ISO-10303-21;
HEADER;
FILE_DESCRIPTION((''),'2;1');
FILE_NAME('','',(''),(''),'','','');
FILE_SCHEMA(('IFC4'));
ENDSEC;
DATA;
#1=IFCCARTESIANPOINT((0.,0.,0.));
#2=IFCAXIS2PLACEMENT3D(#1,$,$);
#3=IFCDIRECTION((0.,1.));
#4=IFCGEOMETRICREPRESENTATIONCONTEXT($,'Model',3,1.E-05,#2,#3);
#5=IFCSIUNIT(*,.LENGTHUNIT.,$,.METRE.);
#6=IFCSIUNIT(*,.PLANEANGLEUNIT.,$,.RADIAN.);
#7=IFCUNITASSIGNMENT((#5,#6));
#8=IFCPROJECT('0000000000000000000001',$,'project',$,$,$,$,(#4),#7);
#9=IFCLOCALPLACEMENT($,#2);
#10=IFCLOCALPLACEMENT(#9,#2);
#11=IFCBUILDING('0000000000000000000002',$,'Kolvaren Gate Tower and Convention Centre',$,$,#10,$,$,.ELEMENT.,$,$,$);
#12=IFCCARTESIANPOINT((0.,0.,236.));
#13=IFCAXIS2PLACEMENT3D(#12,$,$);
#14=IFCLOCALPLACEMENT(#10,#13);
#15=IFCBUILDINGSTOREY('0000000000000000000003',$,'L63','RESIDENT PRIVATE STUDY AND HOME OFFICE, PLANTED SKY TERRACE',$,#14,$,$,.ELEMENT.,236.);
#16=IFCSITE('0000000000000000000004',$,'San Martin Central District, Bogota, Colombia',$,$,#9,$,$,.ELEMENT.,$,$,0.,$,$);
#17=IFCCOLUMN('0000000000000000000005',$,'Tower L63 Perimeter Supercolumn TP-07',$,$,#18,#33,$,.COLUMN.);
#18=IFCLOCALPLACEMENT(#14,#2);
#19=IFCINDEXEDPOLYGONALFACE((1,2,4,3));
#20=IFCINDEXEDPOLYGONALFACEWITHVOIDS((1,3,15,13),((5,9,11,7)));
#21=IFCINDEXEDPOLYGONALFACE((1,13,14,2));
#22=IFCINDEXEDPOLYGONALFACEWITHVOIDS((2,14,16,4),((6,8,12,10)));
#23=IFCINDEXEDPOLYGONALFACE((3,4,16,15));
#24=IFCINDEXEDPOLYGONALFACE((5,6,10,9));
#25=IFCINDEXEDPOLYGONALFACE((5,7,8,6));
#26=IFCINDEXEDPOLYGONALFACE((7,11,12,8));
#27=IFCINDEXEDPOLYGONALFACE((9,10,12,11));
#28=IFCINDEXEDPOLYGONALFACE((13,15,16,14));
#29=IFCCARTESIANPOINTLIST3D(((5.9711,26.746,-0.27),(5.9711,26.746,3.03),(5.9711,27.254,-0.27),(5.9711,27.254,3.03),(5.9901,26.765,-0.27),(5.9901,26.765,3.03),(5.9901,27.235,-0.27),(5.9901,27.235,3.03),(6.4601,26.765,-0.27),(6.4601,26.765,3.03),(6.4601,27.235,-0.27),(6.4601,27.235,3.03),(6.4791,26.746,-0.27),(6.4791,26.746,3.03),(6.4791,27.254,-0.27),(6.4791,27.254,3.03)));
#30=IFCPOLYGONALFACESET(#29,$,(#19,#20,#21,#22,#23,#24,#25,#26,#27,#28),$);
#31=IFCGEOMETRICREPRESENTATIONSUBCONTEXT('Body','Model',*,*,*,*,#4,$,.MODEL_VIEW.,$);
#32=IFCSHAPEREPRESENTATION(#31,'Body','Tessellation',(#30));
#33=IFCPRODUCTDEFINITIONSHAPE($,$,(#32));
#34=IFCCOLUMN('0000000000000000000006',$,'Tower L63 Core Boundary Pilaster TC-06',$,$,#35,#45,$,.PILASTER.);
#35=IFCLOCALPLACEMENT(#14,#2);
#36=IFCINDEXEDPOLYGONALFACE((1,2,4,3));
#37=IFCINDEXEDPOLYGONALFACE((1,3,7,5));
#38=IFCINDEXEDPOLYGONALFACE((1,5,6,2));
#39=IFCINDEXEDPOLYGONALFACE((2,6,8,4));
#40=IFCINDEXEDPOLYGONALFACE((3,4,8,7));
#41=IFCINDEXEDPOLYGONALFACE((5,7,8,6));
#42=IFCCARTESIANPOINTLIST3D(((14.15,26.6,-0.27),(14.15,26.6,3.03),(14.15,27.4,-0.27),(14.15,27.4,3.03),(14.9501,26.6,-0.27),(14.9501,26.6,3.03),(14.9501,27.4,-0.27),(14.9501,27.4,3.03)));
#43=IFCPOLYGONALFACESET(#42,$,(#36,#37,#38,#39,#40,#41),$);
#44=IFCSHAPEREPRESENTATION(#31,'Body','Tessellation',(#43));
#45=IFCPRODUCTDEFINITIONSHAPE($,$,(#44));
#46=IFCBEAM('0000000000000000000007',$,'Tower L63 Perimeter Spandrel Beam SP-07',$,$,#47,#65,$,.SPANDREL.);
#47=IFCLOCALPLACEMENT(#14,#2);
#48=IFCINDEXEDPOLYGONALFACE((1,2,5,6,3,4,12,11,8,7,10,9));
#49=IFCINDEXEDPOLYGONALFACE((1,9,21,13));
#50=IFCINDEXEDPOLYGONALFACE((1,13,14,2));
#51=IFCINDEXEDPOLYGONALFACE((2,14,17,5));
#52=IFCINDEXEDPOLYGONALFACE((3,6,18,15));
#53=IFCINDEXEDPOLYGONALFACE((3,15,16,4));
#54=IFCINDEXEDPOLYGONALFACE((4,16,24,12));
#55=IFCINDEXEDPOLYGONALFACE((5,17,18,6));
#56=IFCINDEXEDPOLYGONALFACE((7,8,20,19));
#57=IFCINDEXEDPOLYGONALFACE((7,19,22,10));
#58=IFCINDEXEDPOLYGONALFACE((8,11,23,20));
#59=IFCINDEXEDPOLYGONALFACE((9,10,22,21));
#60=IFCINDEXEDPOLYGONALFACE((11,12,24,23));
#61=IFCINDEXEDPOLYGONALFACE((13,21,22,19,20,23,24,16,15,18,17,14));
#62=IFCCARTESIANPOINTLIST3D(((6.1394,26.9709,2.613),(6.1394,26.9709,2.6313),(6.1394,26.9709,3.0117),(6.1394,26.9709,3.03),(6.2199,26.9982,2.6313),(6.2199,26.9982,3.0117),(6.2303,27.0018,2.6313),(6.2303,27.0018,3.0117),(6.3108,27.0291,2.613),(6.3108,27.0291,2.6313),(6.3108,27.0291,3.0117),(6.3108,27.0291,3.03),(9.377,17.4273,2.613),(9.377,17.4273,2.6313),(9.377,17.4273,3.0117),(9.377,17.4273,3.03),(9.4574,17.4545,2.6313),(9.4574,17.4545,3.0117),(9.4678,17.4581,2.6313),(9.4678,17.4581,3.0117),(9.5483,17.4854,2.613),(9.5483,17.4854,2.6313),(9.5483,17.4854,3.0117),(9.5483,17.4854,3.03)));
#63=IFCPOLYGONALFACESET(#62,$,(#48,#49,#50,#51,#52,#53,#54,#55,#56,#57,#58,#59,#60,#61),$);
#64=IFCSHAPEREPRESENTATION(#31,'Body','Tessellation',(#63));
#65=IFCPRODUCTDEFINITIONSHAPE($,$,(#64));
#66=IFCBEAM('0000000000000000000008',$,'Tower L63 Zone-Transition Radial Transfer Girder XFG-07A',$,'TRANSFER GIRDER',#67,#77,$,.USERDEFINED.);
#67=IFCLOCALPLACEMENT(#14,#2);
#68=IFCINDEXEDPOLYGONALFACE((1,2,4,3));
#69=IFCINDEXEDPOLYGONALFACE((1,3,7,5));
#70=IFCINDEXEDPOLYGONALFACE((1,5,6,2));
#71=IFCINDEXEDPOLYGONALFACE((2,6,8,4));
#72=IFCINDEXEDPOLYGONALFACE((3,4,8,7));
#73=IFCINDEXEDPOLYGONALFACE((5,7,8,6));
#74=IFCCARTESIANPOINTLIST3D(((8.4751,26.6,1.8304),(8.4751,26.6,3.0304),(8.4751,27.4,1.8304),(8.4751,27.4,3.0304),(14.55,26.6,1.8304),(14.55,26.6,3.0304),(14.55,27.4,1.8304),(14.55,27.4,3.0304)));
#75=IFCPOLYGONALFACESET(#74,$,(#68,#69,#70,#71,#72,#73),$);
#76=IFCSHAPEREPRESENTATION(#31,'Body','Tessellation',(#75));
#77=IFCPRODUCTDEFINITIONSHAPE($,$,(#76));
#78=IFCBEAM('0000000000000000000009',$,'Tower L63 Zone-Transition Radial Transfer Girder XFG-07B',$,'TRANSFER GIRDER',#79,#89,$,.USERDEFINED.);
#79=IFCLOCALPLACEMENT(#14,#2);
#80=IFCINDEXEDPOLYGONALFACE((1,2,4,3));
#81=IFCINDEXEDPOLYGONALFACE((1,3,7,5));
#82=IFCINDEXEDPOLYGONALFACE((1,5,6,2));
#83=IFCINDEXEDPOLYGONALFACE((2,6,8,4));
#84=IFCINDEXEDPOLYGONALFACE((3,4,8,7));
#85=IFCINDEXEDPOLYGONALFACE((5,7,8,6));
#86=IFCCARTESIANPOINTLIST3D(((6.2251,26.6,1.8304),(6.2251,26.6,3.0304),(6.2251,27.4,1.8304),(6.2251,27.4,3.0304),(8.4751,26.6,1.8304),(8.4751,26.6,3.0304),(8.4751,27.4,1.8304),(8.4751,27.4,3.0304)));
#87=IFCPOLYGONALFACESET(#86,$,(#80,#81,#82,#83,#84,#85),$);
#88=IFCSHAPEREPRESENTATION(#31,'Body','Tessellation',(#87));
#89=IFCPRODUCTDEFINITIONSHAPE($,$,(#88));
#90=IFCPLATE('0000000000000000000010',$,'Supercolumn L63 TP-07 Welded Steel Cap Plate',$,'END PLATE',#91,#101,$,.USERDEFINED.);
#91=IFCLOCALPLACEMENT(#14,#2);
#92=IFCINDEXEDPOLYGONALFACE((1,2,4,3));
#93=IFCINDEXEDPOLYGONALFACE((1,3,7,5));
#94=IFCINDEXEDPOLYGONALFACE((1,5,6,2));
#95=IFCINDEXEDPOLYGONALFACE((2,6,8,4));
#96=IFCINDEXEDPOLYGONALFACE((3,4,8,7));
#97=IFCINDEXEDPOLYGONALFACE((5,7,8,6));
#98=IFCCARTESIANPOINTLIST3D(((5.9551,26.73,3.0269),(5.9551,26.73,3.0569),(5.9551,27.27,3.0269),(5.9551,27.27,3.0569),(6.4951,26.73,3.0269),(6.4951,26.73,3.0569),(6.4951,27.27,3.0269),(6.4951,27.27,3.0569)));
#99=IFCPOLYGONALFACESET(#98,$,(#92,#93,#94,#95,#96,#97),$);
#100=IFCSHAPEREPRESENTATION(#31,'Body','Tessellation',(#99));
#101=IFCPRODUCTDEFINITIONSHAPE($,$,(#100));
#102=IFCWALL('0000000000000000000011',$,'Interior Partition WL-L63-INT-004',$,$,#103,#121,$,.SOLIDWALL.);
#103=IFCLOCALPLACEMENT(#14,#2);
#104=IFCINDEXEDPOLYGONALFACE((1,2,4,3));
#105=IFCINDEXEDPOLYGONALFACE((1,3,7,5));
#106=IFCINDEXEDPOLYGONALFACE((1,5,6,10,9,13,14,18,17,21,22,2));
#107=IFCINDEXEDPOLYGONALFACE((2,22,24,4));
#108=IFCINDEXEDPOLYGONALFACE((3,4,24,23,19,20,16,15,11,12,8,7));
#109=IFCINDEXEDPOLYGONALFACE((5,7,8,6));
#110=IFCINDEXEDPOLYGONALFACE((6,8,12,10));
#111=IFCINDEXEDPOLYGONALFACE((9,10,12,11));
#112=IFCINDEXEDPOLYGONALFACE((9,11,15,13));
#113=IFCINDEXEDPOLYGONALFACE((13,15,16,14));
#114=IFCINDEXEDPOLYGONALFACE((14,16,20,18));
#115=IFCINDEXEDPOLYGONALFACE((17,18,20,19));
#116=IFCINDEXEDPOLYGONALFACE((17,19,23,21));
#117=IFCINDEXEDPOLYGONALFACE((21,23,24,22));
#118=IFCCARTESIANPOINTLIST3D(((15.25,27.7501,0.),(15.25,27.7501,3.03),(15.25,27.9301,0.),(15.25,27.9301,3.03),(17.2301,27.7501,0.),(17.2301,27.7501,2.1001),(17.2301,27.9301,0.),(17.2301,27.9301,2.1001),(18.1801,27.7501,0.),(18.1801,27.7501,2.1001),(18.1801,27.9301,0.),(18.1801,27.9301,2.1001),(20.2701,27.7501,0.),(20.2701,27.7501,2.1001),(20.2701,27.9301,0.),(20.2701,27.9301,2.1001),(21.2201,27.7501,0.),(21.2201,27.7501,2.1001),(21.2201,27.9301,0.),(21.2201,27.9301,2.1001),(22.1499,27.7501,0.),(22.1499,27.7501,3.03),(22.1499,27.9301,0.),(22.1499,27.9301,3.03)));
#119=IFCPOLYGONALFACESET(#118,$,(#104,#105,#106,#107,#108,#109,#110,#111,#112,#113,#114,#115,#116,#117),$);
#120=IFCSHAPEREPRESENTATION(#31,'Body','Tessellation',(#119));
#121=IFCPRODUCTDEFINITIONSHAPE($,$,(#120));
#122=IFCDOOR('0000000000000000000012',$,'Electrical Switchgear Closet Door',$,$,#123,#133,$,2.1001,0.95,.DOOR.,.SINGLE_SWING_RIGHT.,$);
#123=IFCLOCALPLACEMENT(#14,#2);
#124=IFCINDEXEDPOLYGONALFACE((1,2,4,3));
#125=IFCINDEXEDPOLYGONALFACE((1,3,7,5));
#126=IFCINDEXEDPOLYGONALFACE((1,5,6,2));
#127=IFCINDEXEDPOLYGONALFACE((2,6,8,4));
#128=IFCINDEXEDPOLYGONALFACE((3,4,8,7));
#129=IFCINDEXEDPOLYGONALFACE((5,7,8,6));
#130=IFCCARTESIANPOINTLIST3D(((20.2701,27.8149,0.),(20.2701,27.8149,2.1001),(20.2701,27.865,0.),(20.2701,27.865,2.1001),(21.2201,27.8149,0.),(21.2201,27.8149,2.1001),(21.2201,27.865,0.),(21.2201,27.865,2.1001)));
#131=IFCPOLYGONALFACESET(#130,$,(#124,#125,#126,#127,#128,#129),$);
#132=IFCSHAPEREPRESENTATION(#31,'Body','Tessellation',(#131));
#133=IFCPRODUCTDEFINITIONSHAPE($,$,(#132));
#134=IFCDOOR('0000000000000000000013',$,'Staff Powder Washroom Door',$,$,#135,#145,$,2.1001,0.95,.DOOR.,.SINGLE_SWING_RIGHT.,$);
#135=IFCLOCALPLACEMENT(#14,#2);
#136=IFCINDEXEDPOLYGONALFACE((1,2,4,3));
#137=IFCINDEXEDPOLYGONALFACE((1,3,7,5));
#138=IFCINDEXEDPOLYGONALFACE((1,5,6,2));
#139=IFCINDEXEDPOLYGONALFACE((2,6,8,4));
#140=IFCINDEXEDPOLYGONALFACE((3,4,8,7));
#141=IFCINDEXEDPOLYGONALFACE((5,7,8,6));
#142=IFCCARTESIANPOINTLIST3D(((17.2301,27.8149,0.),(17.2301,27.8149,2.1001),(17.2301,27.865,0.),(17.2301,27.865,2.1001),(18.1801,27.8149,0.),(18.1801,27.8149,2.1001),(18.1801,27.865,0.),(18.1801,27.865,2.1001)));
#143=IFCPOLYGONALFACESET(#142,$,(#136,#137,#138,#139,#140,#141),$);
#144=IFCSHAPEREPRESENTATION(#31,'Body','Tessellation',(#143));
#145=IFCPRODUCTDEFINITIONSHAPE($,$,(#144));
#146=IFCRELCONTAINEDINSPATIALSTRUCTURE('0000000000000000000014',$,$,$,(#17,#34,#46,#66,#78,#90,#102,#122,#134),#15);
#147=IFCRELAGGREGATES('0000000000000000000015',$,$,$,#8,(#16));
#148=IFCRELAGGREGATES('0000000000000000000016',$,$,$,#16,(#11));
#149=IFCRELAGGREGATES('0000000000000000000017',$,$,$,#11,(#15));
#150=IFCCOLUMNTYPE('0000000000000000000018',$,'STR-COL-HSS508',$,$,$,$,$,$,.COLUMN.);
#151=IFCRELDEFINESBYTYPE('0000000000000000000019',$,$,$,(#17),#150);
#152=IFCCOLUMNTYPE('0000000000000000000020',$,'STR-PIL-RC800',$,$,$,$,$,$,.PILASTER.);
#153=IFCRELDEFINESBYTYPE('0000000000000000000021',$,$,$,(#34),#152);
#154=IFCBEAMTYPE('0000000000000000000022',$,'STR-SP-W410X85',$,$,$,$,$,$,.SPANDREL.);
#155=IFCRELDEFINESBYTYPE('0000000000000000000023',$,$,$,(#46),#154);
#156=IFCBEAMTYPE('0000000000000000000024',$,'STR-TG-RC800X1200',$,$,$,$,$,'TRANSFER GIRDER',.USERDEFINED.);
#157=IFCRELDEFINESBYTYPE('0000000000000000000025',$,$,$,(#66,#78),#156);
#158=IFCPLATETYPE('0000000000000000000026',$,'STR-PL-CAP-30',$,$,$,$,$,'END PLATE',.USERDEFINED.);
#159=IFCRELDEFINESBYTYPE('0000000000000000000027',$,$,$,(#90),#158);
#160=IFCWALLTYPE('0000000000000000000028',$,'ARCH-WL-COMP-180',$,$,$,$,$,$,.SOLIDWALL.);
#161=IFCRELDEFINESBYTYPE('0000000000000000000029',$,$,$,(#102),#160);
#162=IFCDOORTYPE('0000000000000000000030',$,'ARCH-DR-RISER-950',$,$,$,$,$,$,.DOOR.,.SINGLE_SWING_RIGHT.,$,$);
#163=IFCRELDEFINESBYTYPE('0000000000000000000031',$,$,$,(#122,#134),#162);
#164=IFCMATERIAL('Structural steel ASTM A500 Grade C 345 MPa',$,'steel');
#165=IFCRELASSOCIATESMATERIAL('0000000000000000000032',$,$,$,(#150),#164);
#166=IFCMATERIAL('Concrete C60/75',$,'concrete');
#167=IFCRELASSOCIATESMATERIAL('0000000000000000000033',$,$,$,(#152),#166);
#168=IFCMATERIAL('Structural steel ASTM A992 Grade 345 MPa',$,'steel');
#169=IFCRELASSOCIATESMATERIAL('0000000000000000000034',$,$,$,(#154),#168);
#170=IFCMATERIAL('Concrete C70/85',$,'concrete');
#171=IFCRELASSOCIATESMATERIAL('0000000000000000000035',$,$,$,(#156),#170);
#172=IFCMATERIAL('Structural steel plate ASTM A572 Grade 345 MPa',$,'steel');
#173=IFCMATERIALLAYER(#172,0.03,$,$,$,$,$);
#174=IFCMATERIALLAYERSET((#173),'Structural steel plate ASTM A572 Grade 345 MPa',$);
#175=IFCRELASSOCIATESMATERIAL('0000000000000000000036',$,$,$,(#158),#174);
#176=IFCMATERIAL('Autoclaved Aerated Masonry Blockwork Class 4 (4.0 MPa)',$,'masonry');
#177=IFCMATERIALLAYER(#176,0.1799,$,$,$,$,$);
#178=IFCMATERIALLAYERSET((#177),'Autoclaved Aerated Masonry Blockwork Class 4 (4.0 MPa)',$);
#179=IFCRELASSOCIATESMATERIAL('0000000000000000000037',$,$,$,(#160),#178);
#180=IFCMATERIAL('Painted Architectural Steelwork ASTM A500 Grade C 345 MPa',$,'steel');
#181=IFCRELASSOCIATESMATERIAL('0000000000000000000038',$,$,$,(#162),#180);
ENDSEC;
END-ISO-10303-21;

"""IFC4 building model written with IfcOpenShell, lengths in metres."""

from ifc_helpers import new_model, si_unit, direction, frame, frame_2d, origin, origin_2d, place, context, subcontext, project, spatial, rectangle, hollow_rectangle, i_section, extrude, material, layer, layer_set, material_profile, profile_set, type_object, element, fill, save


model = new_model("IFC4")

# Units and contexts
model_context = context("Model", 3, precision=1e-05, world=origin(), true_north=direction((0.0, 1.0)))
body_context = subcontext(model_context, "Body", "Model", "MODEL_VIEW")
ifc_project = project(units=[si_unit("LENGTHUNIT", "METRE"), si_unit("PLANEANGLEUNIT", "RADIAN")], contexts=[model_context])

# Site, building, storey
site_placement = place(None, origin())
site = spatial("IfcSite", under=ifc_project, at=site_placement, Name="San Martin Central District, Bogota, Colombia", CompositionType="ELEMENT", RefElevation=0.0)
building_placement = place(site_placement, origin())
building = spatial("IfcBuilding", under=site, at=building_placement, Name="Kolvaren Gate Tower and Convention Centre", CompositionType="ELEMENT")
storey_placement = place(building_placement, frame((0.0, 0.0, 236.0)))
storey = spatial("IfcBuildingStorey", under=building, at=storey_placement, Name="L63", Description="RESIDENT PRIVATE STUDY AND HOME OFFICE, PLANTED SKY TERRACE", CompositionType="ELEMENT", Elevation=236.0)

# Columns
ifc_material_1 = material(Name="Structural steel ASTM A500 Grade C 345 MPa", Category="steel")
ifc_material_profile_1 = material_profile(ifc_material_1, hollow_rectangle(XDim=0.5081, YDim=0.5081, WallThickness=0.019, at=origin_2d()), Name="HSS508X508X19.1")
ifc_profile_set_1 = profile_set([ifc_material_profile_1], Name="Structural steel ASTM A500 Grade C 345 MPa")
column_type_1 = type_object("IfcColumnType", Name="STR-COL-HSS508", PredefinedType="COLUMN", material=ifc_profile_set_1)
column_1_placement = place(storey_placement, frame((6.2251, 27.0, -0.27), z_axis=(0.0, 0.0, 1.0), x_axis=(1.0, 0.0, 0.0)))
element("IfcColumn", 1, at=column_1_placement, inside=storey, type_object=column_type_1, Name="Tower L63 Perimeter Supercolumn TP-07", PredefinedType="COLUMN", context=body_context, shape_type="SweptSolid", body=[
    extrude(hollow_rectangle(XDim=0.5081, YDim=0.5081, WallThickness=0.019, at=origin_2d()), origin(), (0.0, 0.0, 1.0), 3.3),
])
ifc_material_2 = material(Name="Concrete C60/75", Category="concrete")
ifc_material_profile_2 = material_profile(ifc_material_2, rectangle(XDim=0.8, YDim=0.8, at=origin_2d()), Name="RC-COL-800X800")
ifc_profile_set_2 = profile_set([ifc_material_profile_2], Name="Concrete C60/75")
column_type_2 = type_object("IfcColumnType", Name="STR-PIL-RC800", PredefinedType="PILASTER", material=ifc_profile_set_2)
column_2_placement = place(storey_placement, frame((14.55, 27.0, -0.27), z_axis=(0.0, 0.0, 1.0), x_axis=(1.0, 0.0, 0.0)))
element("IfcColumn", 2, at=column_2_placement, inside=storey, type_object=column_type_2, Name="Tower L63 Core Boundary Pilaster TC-06", PredefinedType="PILASTER", context=body_context, shape_type="SweptSolid", body=[
    extrude(rectangle(XDim=0.8, YDim=0.8, at=origin_2d()), origin(), (0.0, 0.0, 1.0), 3.3),
])

# Beams
ifc_material_3 = material(Name="Structural steel ASTM A992 Grade 345 MPa", Category="steel")
ifc_material_profile_3 = material_profile(ifc_material_3, i_section(OverallWidth=0.1809, OverallDepth=0.417, WebThickness=0.011, FlangeThickness=0.0183, at=origin_2d()), Name="W410X85")
ifc_profile_set_3 = profile_set([ifc_material_profile_3], Name="Structural steel ASTM A992 Grade 345 MPa")
beam_type_1 = type_object("IfcBeamType", Name="STR-SP-W410X85", PredefinedType="SPANDREL", material=ifc_profile_set_3)
beam_1_placement = place(storey_placement, frame((6.2251, 27.0, 2.8215), z_axis=(0.321253, -0.946994, 0.0), x_axis=(0.946994, 0.321253, 0.0)))
element("IfcBeam", 3, at=beam_1_placement, inside=storey, type_object=beam_type_1, Name="Tower L63 Perimeter Spandrel Beam SP-07", PredefinedType="SPANDREL", context=body_context, shape_type="SweptSolid", body=[
    extrude(i_section(OverallWidth=0.1809, OverallDepth=0.417, WebThickness=0.011, FlangeThickness=0.0183, at=origin_2d()), origin(), (0.0, 0.0, 1.0), 10.0779),
])
ifc_material_4 = material(Name="Concrete C70/85", Category="concrete")
ifc_material_profile_4 = material_profile(ifc_material_4, rectangle(XDim=0.8, YDim=1.2, at=origin_2d()), Name="RC-BM-800X1200")
ifc_profile_set_4 = profile_set([ifc_material_profile_4], Name="Concrete C70/85")
beam_type_2 = type_object("IfcBeamType", Name="STR-TG-RC800X1200", ElementType="TRANSFER GIRDER", PredefinedType="USERDEFINED", material=ifc_profile_set_4)
beam_2_placement = place(storey_placement, frame((14.55, 27.0, 2.4304), z_axis=(-1.0, 0.0, 0.0), x_axis=(0.0, -1.0, 0.0)))
element("IfcBeam", 4, at=beam_2_placement, inside=storey, type_object=beam_type_2, Name="Tower L63 Zone-Transition Radial Transfer Girder XFG-07A", ObjectType="TRANSFER GIRDER", PredefinedType="USERDEFINED", context=body_context, shape_type="SweptSolid", body=[
    extrude(rectangle(XDim=0.8, YDim=1.2, at=origin_2d()), origin(), (0.0, 0.0, 1.0), 6.075),
])
beam_3_placement = place(storey_placement, frame((8.4751, 27.0, 2.4304), z_axis=(-1.0, 0.0, 0.0), x_axis=(0.0, -1.0, 0.0)))
element("IfcBeam", 5, at=beam_3_placement, inside=storey, type_object=beam_type_2, Name="Tower L63 Zone-Transition Radial Transfer Girder XFG-07B", ObjectType="TRANSFER GIRDER", PredefinedType="USERDEFINED", context=body_context, shape_type="SweptSolid", body=[
    extrude(rectangle(XDim=0.8, YDim=1.2, at=origin_2d()), origin(), (0.0, 0.0, 1.0), 2.25),
])

# Plate
ifc_material_5 = material(Name="Structural steel plate ASTM A572 Grade 345 MPa", Category="steel")
ifc_layer_1 = layer(ifc_material_5, 0.03)
ifc_layer_set_1 = layer_set([ifc_layer_1], Name="Structural steel plate ASTM A572 Grade 345 MPa")
plate_type = type_object("IfcPlateType", Name="STR-PL-CAP-30", ElementType="END PLATE", PredefinedType="USERDEFINED", material=ifc_layer_set_1)
plate_placement = place(storey_placement, frame((6.2251, 27.0, 3.0269), z_axis=(0.0, 0.0, 1.0), x_axis=(1.0, 0.0, 0.0)))
element("IfcPlate", 6, at=plate_placement, inside=storey, type_object=plate_type, Name="Supercolumn L63 TP-07 Welded Steel Cap Plate", ObjectType="END PLATE", PredefinedType="USERDEFINED", context=body_context, shape_type="SweptSolid", body=[
    extrude(rectangle(XDim=0.54, YDim=0.54, at=origin_2d()), origin(), (0.0, 0.0, 1.0), 0.03),
])

# Wall, openings, doors
ifc_material_6 = material(Name="Autoclaved Aerated Masonry Blockwork Class 4 (4.0 MPa)", Category="masonry")
ifc_layer_2 = layer(ifc_material_6, 0.1799)
ifc_layer_set_2 = layer_set([ifc_layer_2], Name="Autoclaved Aerated Masonry Blockwork Class 4 (4.0 MPa)")
wall_type_1 = type_object("IfcWallType", Name="ARCH-WL-COMP-180", PredefinedType="SOLIDWALL", material=ifc_layer_set_2)
wall_1_placement = place(storey_placement, frame((15.25, 27.8401, 0.0), z_axis=(0.0, 0.0, 1.0), x_axis=(1.0, 0.0, 0.0)))
wall_1 = element("IfcWall", 7, at=wall_1_placement, inside=storey, type_object=wall_type_1, Name="Interior Partition WL-L63-INT-004", PredefinedType="SOLIDWALL", context=body_context, shape_type="SweptSolid", body=[
    extrude(rectangle(XDim=6.8999, YDim=0.1799, at=frame_2d((3.45, 0.0))), origin(), (0.0, 0.0, 1.0), 3.03),
])
opening_1_placement = place(wall_1_placement, frame((5.02, 0.0, 0.0)))
opening_1 = element("IfcOpeningElement", 8, at=opening_1_placement, cuts=wall_1, PredefinedType="OPENING", context=body_context, shape_type="SweptSolid", body=[
    extrude(rectangle(XDim=0.95, YDim=2.1001, at=frame_2d((0.4751, 1.05))), frame((0.0, 0.0999, 0.0), z_axis=(0.0, -1.0, 0.0), x_axis=(1.0, 0.0, 0.0)), (0.0, 0.0, 1.0), 0.2),
])
opening_2_placement = place(wall_1_placement, frame((1.98, 0.0, 0.0)))
opening_2 = element("IfcOpeningElement", 9, at=opening_2_placement, cuts=wall_1, PredefinedType="OPENING", context=body_context, shape_type="SweptSolid", body=[
    extrude(rectangle(XDim=0.95, YDim=2.1001, at=frame_2d((0.4751, 1.05))), frame((0.0, 0.0999, 0.0), z_axis=(0.0, -1.0, 0.0), x_axis=(1.0, 0.0, 0.0)), (0.0, 0.0, 1.0), 0.2),
])
ifc_material_7 = material(Name="Painted Architectural Steelwork ASTM A500 Grade C 345 MPa", Category="steel")
door_type = type_object("IfcDoorType", Name="ARCH-DR-RISER-950", OperationType="SINGLE_SWING_RIGHT", PredefinedType="DOOR", material=ifc_material_7)
door_1_placement = place(opening_1_placement, origin())
door_1 = element("IfcDoor", 10, at=door_1_placement, inside=storey, type_object=door_type, Name="Electrical Switchgear Closet Door", OperationType="SINGLE_SWING_RIGHT", OverallHeight=2.1001, OverallWidth=0.95, PredefinedType="DOOR", context=body_context, shape_type="SweptSolid", body=[
    extrude(rectangle(XDim=0.95, YDim=2.1001, at=frame_2d((0.4751, 1.05))), frame((0.0, 0.0249, 0.0), z_axis=(0.0, -1.0, 0.0), x_axis=(1.0, 0.0, 0.0)), (0.0, 0.0, 1.0), 0.05),
])
fill(opening_1, door_1)
door_2_placement = place(opening_2_placement, origin())
door_2 = element("IfcDoor", 11, at=door_2_placement, inside=storey, type_object=door_type, Name="Staff Powder Washroom Door", OperationType="SINGLE_SWING_RIGHT", OverallHeight=2.1001, OverallWidth=0.95, PredefinedType="DOOR", context=body_context, shape_type="SweptSolid", body=[
    extrude(rectangle(XDim=0.95, YDim=2.1001, at=frame_2d((0.4751, 1.05))), frame((0.0, 0.0249, 0.0), z_axis=(0.0, -1.0, 0.0), x_axis=(1.0, 0.0, 0.0)), (0.0, 0.0, 1.0), 0.05),
])
fill(opening_2, door_2)

save(model, "model.ifc")
